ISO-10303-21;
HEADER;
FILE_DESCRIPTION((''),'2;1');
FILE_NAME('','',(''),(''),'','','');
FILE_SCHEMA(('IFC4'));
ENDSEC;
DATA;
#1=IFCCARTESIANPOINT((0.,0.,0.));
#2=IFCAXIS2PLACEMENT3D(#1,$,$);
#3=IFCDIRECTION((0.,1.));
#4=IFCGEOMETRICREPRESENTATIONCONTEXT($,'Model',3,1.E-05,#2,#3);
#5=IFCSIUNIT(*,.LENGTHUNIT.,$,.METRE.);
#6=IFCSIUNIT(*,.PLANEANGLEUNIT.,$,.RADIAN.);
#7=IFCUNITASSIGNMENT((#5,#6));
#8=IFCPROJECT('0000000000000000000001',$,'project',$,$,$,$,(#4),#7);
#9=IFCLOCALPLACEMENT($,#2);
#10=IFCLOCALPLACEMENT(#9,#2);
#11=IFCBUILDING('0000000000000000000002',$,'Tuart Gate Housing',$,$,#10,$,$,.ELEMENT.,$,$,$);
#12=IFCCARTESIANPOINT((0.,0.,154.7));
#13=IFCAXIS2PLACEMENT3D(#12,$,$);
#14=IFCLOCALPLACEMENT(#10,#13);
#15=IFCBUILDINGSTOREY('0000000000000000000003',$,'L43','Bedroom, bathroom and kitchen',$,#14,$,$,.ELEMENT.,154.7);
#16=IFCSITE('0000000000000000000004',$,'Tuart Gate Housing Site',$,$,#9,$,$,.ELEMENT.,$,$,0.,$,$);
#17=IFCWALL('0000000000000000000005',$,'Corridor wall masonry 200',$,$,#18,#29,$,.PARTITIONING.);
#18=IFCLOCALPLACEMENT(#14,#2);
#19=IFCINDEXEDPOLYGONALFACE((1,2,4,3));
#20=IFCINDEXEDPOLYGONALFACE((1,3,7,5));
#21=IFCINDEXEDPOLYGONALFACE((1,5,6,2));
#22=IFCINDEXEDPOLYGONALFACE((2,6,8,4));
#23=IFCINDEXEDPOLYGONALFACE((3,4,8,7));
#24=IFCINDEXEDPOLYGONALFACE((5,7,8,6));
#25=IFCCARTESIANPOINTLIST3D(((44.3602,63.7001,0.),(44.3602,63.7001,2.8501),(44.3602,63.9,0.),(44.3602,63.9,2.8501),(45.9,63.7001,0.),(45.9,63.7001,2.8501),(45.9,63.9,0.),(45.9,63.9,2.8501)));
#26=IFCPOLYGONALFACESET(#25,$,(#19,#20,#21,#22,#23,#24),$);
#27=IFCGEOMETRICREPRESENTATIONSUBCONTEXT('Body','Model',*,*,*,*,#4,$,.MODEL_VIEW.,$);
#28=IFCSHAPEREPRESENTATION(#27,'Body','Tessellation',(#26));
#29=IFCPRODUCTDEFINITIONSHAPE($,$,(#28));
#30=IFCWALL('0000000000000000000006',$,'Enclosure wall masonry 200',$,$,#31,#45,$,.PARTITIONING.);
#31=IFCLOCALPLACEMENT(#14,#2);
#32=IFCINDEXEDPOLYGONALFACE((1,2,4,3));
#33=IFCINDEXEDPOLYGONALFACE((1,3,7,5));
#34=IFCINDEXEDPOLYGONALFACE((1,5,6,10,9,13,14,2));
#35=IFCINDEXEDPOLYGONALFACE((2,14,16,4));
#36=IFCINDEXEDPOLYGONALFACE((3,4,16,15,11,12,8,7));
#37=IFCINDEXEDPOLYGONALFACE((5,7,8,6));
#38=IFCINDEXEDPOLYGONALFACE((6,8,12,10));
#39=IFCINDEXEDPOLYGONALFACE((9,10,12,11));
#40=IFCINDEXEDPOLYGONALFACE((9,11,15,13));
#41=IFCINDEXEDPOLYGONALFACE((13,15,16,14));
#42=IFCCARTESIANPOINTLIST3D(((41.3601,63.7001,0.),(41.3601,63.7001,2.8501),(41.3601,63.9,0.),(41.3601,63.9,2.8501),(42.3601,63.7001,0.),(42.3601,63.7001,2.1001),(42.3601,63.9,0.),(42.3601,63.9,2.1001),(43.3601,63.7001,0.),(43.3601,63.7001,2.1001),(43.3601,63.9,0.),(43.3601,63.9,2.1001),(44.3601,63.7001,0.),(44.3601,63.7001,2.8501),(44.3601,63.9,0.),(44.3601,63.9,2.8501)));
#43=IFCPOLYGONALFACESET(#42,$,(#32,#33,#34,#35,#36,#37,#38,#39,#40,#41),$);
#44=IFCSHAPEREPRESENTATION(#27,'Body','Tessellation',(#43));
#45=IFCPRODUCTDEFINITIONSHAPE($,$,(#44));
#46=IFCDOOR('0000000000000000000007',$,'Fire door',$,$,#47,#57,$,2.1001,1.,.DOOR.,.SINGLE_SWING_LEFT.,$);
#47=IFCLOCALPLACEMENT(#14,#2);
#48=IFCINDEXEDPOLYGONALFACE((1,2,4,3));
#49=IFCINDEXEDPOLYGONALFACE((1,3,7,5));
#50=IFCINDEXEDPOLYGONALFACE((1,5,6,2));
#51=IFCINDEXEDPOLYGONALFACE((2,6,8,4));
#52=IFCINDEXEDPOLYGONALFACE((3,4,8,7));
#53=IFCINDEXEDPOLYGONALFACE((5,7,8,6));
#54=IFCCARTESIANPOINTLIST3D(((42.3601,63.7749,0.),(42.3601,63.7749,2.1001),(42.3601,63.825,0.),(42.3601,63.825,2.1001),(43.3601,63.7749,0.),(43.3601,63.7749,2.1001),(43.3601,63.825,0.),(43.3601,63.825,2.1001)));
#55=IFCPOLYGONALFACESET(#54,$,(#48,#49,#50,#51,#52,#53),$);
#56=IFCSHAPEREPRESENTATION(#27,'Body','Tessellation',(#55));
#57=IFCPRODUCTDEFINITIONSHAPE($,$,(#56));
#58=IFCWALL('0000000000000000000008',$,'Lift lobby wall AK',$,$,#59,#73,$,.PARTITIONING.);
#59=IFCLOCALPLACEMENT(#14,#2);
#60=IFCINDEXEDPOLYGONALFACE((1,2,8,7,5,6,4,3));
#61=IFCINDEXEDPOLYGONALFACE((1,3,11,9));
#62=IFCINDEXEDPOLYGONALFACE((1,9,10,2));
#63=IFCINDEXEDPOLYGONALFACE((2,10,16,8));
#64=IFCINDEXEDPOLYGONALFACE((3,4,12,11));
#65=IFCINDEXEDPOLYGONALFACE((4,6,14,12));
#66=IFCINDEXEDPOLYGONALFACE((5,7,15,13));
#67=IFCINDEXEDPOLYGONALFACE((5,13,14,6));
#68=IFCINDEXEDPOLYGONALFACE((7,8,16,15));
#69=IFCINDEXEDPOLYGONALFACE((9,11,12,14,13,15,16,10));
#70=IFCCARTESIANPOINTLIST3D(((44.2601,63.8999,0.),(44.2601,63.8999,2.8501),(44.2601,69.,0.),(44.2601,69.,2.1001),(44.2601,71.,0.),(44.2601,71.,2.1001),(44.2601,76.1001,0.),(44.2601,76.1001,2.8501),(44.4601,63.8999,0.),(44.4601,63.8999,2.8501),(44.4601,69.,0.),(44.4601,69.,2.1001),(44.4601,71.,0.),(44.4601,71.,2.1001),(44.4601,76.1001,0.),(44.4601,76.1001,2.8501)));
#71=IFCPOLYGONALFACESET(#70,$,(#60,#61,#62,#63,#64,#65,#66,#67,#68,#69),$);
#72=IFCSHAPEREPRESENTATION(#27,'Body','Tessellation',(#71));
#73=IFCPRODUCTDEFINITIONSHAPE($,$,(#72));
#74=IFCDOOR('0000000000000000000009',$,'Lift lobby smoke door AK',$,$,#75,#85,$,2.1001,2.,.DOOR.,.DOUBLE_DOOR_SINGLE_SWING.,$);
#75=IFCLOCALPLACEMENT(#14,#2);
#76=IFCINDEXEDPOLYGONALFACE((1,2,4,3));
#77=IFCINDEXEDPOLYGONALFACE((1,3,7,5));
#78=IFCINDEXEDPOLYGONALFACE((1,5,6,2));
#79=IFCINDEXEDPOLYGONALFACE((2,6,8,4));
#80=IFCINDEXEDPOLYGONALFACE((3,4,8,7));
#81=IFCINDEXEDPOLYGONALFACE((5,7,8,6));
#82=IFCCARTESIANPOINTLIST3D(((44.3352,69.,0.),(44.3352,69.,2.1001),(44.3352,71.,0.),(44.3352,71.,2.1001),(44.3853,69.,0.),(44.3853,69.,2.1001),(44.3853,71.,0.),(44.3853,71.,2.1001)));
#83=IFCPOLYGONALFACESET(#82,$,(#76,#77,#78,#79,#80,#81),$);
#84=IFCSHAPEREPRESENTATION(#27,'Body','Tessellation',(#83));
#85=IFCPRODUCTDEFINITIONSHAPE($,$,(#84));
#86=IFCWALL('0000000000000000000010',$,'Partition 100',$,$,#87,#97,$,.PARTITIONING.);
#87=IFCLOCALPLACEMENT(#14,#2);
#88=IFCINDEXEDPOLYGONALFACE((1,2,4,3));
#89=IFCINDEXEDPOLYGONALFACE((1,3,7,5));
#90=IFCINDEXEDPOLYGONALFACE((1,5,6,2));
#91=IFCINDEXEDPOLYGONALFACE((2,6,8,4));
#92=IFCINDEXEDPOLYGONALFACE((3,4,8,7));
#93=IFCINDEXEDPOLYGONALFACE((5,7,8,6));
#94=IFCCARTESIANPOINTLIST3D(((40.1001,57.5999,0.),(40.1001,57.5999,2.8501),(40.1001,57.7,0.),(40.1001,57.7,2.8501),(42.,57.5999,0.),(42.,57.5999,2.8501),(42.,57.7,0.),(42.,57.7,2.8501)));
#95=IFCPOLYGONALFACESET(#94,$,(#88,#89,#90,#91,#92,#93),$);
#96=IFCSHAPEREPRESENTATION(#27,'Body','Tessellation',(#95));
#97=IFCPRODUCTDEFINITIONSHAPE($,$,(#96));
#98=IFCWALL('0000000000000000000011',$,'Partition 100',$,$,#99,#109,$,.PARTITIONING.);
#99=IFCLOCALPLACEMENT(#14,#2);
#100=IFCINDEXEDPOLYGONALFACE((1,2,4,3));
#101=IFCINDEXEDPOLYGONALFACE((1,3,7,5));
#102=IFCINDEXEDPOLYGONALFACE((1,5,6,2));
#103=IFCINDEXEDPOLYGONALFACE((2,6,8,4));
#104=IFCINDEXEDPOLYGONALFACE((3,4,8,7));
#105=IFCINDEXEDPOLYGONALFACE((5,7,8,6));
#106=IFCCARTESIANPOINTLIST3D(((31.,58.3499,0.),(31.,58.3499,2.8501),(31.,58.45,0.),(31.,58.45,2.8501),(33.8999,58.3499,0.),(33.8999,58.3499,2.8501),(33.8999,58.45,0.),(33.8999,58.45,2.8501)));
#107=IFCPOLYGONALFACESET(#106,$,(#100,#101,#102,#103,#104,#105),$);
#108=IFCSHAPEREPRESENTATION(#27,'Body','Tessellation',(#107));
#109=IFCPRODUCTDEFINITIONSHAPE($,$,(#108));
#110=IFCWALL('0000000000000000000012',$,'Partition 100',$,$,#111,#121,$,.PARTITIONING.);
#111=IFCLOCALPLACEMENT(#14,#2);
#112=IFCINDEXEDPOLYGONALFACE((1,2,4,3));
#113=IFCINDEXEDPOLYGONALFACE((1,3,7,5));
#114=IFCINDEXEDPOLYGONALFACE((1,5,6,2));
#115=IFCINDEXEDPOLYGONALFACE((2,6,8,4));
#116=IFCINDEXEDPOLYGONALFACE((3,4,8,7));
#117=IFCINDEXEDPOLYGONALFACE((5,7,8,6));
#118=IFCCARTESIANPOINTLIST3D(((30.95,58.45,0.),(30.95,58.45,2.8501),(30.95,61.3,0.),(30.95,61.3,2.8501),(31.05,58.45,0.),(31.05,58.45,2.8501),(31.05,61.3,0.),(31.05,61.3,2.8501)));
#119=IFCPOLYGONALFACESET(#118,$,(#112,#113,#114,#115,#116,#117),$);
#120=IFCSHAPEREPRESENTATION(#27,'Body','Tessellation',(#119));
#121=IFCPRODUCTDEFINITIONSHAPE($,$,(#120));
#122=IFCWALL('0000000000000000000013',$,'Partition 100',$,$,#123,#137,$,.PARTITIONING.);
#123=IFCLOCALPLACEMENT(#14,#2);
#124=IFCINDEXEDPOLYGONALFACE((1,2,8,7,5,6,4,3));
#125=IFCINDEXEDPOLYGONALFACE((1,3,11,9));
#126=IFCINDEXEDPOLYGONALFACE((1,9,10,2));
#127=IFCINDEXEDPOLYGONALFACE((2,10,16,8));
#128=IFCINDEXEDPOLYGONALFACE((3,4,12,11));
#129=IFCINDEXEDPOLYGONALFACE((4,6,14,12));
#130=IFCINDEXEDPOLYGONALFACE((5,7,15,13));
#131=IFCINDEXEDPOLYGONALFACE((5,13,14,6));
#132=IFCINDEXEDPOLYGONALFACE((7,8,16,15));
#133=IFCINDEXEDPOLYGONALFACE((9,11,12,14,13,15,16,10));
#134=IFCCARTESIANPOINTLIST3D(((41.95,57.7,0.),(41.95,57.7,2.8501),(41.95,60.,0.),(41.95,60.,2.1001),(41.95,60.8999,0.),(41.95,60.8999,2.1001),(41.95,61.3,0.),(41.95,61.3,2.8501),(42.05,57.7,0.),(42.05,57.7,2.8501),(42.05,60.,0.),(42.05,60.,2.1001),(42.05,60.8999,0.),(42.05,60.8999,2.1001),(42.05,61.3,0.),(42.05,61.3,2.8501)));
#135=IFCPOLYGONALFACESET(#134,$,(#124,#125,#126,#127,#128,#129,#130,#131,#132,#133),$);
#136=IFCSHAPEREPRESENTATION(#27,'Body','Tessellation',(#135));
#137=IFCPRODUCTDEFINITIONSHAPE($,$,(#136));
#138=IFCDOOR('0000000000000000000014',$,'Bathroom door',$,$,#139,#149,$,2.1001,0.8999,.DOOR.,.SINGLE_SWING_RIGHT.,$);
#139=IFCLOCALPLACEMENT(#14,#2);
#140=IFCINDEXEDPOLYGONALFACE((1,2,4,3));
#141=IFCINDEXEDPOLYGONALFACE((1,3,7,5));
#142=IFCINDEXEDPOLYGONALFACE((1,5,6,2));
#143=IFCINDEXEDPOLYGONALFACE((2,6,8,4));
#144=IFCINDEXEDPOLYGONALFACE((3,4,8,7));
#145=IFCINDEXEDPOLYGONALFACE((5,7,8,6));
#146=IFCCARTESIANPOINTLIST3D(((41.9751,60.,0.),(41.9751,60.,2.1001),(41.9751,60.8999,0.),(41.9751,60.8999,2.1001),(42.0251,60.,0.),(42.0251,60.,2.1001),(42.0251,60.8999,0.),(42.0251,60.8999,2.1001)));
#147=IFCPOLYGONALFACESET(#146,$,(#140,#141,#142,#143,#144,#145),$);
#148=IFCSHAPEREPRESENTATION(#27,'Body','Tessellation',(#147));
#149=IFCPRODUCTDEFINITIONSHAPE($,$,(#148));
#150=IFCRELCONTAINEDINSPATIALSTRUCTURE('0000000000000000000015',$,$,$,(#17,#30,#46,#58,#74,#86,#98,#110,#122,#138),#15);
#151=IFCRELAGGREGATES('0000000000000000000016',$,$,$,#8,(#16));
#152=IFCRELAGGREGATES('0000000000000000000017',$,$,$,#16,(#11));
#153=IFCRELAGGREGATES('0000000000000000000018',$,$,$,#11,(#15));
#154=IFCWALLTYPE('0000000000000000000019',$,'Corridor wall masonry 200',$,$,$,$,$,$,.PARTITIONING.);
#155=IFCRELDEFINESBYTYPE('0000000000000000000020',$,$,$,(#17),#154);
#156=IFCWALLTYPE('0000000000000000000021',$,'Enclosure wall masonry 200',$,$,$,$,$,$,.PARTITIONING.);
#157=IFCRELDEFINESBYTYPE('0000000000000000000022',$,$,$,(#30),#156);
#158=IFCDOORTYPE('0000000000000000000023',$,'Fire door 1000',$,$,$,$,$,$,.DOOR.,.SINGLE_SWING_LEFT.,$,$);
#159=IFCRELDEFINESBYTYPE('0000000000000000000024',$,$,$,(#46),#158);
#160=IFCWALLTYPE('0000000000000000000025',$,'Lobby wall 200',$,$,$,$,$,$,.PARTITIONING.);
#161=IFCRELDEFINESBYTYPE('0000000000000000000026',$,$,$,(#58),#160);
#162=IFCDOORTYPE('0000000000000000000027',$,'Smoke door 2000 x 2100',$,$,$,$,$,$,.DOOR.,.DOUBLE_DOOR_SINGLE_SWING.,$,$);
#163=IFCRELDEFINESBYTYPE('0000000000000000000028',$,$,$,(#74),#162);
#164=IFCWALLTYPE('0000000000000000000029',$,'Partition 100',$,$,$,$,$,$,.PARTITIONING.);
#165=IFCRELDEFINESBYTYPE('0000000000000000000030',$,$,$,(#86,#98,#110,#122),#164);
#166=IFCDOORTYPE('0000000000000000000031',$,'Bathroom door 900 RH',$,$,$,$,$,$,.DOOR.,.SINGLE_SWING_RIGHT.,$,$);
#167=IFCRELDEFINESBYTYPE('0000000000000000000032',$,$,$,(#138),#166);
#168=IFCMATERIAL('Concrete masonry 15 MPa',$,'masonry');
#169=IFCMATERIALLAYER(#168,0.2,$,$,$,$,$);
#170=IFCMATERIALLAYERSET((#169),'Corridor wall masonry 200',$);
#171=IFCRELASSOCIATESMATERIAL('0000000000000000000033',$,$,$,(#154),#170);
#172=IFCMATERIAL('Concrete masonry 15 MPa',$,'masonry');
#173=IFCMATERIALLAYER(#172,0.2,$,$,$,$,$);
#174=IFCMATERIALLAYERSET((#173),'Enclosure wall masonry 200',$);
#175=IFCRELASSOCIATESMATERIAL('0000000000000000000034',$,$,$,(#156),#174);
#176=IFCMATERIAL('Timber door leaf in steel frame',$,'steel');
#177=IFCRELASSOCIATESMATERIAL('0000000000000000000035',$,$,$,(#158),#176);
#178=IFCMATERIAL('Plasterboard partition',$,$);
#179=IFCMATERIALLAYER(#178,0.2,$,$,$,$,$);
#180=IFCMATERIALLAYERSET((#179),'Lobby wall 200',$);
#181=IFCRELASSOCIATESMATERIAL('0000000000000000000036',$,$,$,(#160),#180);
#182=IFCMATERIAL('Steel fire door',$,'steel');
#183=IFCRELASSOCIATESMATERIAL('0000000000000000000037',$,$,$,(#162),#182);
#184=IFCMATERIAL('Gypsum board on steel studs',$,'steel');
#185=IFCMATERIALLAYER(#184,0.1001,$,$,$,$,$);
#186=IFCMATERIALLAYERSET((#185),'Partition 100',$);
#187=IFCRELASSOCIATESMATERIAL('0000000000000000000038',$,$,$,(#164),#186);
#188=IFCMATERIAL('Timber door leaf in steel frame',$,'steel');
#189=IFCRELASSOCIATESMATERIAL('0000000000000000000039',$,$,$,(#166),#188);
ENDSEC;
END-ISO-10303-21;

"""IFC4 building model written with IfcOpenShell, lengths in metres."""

from ifc_helpers import new_model, si_unit, direction, frame, frame_2d, origin, place, context, subcontext, project, spatial, rectangle, extrude, material, layer, layer_set, type_object, element, fill, save


model = new_model("IFC4")

# Units and contexts
model_context = context("Model", 3, precision=1e-05, world=origin(), true_north=direction((0.0, 1.0)))
body_context = subcontext(model_context, "Body", "Model", "MODEL_VIEW")
ifc_project = project(units=[si_unit("LENGTHUNIT", "METRE"), si_unit("PLANEANGLEUNIT", "RADIAN")], contexts=[model_context])

# Site, building, storey
site_placement = place(None, origin())
site = spatial("IfcSite", under=ifc_project, at=site_placement, Name="Tuart Gate Housing Site", CompositionType="ELEMENT", RefElevation=0.0)
building_placement = place(site_placement, origin())
building = spatial("IfcBuilding", under=site, at=building_placement, Name="Tuart Gate Housing", CompositionType="ELEMENT")
storey_placement = place(building_placement, frame((0.0, 0.0, 154.7)))
storey = spatial("IfcBuildingStorey", under=building, at=storey_placement, Name="L43", Description="Bedroom, bathroom and kitchen", CompositionType="ELEMENT", Elevation=154.7)

# Shared definitions
ifc_material_1 = material(Name="Concrete masonry 15 MPa", Category="masonry")
ifc_layer_1 = layer(ifc_material_1, 0.2)
ifc_layer_set_1 = layer_set([ifc_layer_1], Name="Corridor wall masonry 200")
wall_type_1 = type_object("IfcWallType", Name="Corridor wall masonry 200", PredefinedType="PARTITIONING", material=ifc_layer_set_1)

# Wall
wall_1_placement = place(storey_placement, frame((44.3601, 63.8, 0.0), z_axis=(0.0, 0.0, 1.0), x_axis=(1.0, 0.0, 0.0)))
element("IfcWall", 1, at=wall_1_placement, inside=storey, type_object=wall_type_1, Name="Corridor wall masonry 200", PredefinedType="PARTITIONING", context=body_context, shape_type="SweptSolid", body=[
    extrude(rectangle(XDim=1.5398, YDim=0.2, at=frame_2d((0.77, 0.0))), origin(), (0.0, 0.0, 1.0), 2.8501),
])

# Walls, openings, doors
ifc_material_2 = material(Name="Concrete masonry 15 MPa", Category="masonry")
ifc_layer_2 = layer(ifc_material_2, 0.2)
ifc_layer_set_2 = layer_set([ifc_layer_2], Name="Enclosure wall masonry 200")
wall_type_2 = type_object("IfcWallType", Name="Enclosure wall masonry 200", PredefinedType="PARTITIONING", material=ifc_layer_set_2)
wall_2_placement = place(storey_placement, frame((41.3601, 63.8, 0.0), z_axis=(0.0, 0.0, 1.0), x_axis=(1.0, 0.0, 0.0)))
wall_2 = element("IfcWall", 2, at=wall_2_placement, inside=storey, type_object=wall_type_2, Name="Enclosure wall masonry 200", PredefinedType="PARTITIONING", context=body_context, shape_type="SweptSolid", body=[
    extrude(rectangle(XDim=3.0, YDim=0.2, at=frame_2d((1.5, 0.0))), origin(), (0.0, 0.0, 1.0), 2.8501),
])
opening_1_placement = place(wall_2_placement, frame((1.0, 0.0, 0.0)))
opening_1 = element("IfcOpeningElement", 3, at=opening_1_placement, cuts=wall_2, PredefinedType="OPENING", context=body_context, shape_type="SweptSolid", body=[
    extrude(rectangle(XDim=1.0, YDim=2.1001, at=frame_2d((0.5, 1.05))), frame((0.0, 0.1099, 0.0), z_axis=(0.0, -1.0, 0.0), x_axis=(1.0, 0.0, 0.0)), (0.0, 0.0, 1.0), 0.22),
])
ifc_material_3 = material(Name="Timber door leaf in steel frame", Category="steel")
door_type_1 = type_object("IfcDoorType", Name="Fire door 1000", OperationType="SINGLE_SWING_LEFT", PredefinedType="DOOR", material=ifc_material_3)
door_1_placement = place(opening_1_placement, frame((1.0, 0.0, 0.0), z_axis=(0.0, 0.0, 1.0), x_axis=(-1.0, 0.0, 0.0)))
door_1 = element("IfcDoor", 4, at=door_1_placement, inside=storey, type_object=door_type_1, Name="Fire door", OperationType="SINGLE_SWING_LEFT", OverallHeight=2.1001, OverallWidth=1.0, PredefinedType="DOOR", context=body_context, shape_type="SweptSolid", body=[
    extrude(rectangle(XDim=1.0, YDim=2.1001, at=frame_2d((0.5, 1.05))), frame((0.0, 0.0251, 0.0), z_axis=(0.0, -1.0, 0.0), x_axis=(1.0, 0.0, 0.0)), (0.0, 0.0, 1.0), 0.05),
])
fill(opening_1, door_1)
ifc_material_4 = material(Name="Plasterboard partition")
ifc_layer_3 = layer(ifc_material_4, 0.2)
ifc_layer_set_3 = layer_set([ifc_layer_3], Name="Lobby wall 200")
wall_type_3 = type_object("IfcWallType", Name="Lobby wall 200", PredefinedType="PARTITIONING", material=ifc_layer_set_3)
wall_3_placement = place(storey_placement, frame((44.3601, 63.8999, 0.0), z_axis=(0.0, 0.0, 1.0), x_axis=(0.0, 1.0, 0.0)))
wall_3 = element("IfcWall", 5, at=wall_3_placement, inside=storey, type_object=wall_type_3, Name="Lift lobby wall AK", PredefinedType="PARTITIONING", context=body_context, shape_type="SweptSolid", body=[
    extrude(rectangle(XDim=12.2002, YDim=0.2, at=frame_2d((6.1001, 0.0))), origin(), (0.0, 0.0, 1.0), 2.8501),
])
opening_2_placement = place(wall_3_placement, frame((5.1001, 0.0, 0.0)))
opening_2 = element("IfcOpeningElement", 6, at=opening_2_placement, cuts=wall_3, PredefinedType="OPENING", context=body_context, shape_type="SweptSolid", body=[
    extrude(rectangle(XDim=2.0, YDim=2.1001, at=frame_2d((1.0, 1.05))), frame((0.0, 0.1099, 0.0), z_axis=(0.0, -1.0, 0.0), x_axis=(1.0, 0.0, 0.0)), (0.0, 0.0, 1.0), 0.22),
])
ifc_material_5 = material(Name="Steel fire door", Category="steel")
door_type_2 = type_object("IfcDoorType", Name="Smoke door 2000 x 2100", OperationType="DOUBLE_DOOR_SINGLE_SWING", PredefinedType="DOOR", material=ifc_material_5)
door_2_placement = place(opening_2_placement, origin())
door_2 = element("IfcDoor", 7, at=door_2_placement, inside=storey, type_object=door_type_2, Name="Lift lobby smoke door AK", OperationType="DOUBLE_DOOR_SINGLE_SWING", OverallHeight=2.1001, OverallWidth=2.0, PredefinedType="DOOR", context=body_context, shape_type="SweptSolid", body=[
    extrude(rectangle(XDim=2.0, YDim=2.1001, at=frame_2d((1.0, 1.05))), frame((0.0, 0.0249, 0.0), z_axis=(0.0, -1.0, 0.0), x_axis=(1.0, 0.0, 0.0)), (0.0, 0.0, 1.0), 0.05),
])
fill(opening_2, door_2)

# Walls
ifc_material_6 = material(Name="Gypsum board on steel studs", Category="steel")
ifc_layer_4 = layer(ifc_material_6, 0.1001)
ifc_layer_set_4 = layer_set([ifc_layer_4], Name="Partition 100")
wall_type_4 = type_object("IfcWallType", Name="Partition 100", PredefinedType="PARTITIONING", material=ifc_layer_set_4)
wall_4_placement = place(storey_placement, frame((40.1001, 57.6499, 0.0), z_axis=(0.0, 0.0, 1.0), x_axis=(1.0, 0.0, 0.0)))
element("IfcWall", 8, at=wall_4_placement, inside=storey, type_object=wall_type_4, Name="Partition 100", PredefinedType="PARTITIONING", context=body_context, shape_type="SweptSolid", body=[
    extrude(rectangle(XDim=1.8999, YDim=0.1001, at=frame_2d((0.95, 0.0))), origin(), (0.0, 0.0, 1.0), 2.8501),
])
wall_5_placement = place(storey_placement, frame((31.0, 58.3999, 0.0), z_axis=(0.0, 0.0, 1.0), x_axis=(1.0, 0.0, 0.0)))
element("IfcWall", 9, at=wall_5_placement, inside=storey, type_object=wall_type_4, Name="Partition 100", PredefinedType="PARTITIONING", context=body_context, shape_type="SweptSolid", body=[
    extrude(rectangle(XDim=2.8999, YDim=0.1001, at=frame_2d((1.45, 0.0))), origin(), (0.0, 0.0, 1.0), 2.8501),
])
wall_6_placement = place(storey_placement, frame((31.0, 58.45, 0.0), z_axis=(0.0, 0.0, 1.0), x_axis=(0.0, 1.0, 0.0)))
element("IfcWall", 10, at=wall_6_placement, inside=storey, type_object=wall_type_4, Name="Partition 100", PredefinedType="PARTITIONING", context=body_context, shape_type="SweptSolid", body=[
    extrude(rectangle(XDim=2.8501, YDim=0.1001, at=frame_2d((1.425, 0.0))), origin(), (0.0, 0.0, 1.0), 2.8501),
])

# Wall, opening, door
wall_7_placement = place(storey_placement, frame((42.0, 57.7, 0.0), z_axis=(0.0, 0.0, 1.0), x_axis=(0.0, 1.0, 0.0)))
wall_7 = element("IfcWall", 11, at=wall_7_placement, inside=storey, type_object=wall_type_4, Name="Partition 100", PredefinedType="PARTITIONING", context=body_context, shape_type="SweptSolid", body=[
    extrude(rectangle(XDim=3.6001, YDim=0.1001, at=frame_2d((1.8, 0.0))), origin(), (0.0, 0.0, 1.0), 2.8501),
])
opening_3_placement = place(wall_7_placement, frame((2.3, 0.0, 0.0)))
opening_3 = element("IfcOpeningElement", 12, at=opening_3_placement, cuts=wall_7, PredefinedType="OPENING", context=body_context, shape_type="SweptSolid", body=[
    extrude(rectangle(XDim=0.8999, YDim=2.1001, at=frame_2d((0.45, 1.05))), frame((0.0, 0.0601, 0.0), z_axis=(0.0, -1.0, 0.0), x_axis=(1.0, 0.0, 0.0)), (0.0, 0.0, 1.0), 0.1201),
])
ifc_material_7 = material(Name="Timber door leaf in steel frame", Category="steel")
door_type_3 = type_object("IfcDoorType", Name="Bathroom door 900 RH", OperationType="SINGLE_SWING_RIGHT", PredefinedType="DOOR", material=ifc_material_7)
door_3_placement = place(opening_3_placement, origin())
door_3 = element("IfcDoor", 13, at=door_3_placement, inside=storey, type_object=door_type_3, Name="Bathroom door", OperationType="SINGLE_SWING_RIGHT", OverallHeight=2.1001, OverallWidth=0.8999, PredefinedType="DOOR", context=body_context, shape_type="SweptSolid", body=[
    extrude(rectangle(XDim=0.8999, YDim=2.1001, at=frame_2d((0.45, 1.05))), frame((0.0, 0.0249, 0.0), z_axis=(0.0, -1.0, 0.0), x_axis=(1.0, 0.0, 0.0)), (0.0, 0.0, 1.0), 0.05),
])
fill(opening_3, door_3)

save(model, "model.ifc")
